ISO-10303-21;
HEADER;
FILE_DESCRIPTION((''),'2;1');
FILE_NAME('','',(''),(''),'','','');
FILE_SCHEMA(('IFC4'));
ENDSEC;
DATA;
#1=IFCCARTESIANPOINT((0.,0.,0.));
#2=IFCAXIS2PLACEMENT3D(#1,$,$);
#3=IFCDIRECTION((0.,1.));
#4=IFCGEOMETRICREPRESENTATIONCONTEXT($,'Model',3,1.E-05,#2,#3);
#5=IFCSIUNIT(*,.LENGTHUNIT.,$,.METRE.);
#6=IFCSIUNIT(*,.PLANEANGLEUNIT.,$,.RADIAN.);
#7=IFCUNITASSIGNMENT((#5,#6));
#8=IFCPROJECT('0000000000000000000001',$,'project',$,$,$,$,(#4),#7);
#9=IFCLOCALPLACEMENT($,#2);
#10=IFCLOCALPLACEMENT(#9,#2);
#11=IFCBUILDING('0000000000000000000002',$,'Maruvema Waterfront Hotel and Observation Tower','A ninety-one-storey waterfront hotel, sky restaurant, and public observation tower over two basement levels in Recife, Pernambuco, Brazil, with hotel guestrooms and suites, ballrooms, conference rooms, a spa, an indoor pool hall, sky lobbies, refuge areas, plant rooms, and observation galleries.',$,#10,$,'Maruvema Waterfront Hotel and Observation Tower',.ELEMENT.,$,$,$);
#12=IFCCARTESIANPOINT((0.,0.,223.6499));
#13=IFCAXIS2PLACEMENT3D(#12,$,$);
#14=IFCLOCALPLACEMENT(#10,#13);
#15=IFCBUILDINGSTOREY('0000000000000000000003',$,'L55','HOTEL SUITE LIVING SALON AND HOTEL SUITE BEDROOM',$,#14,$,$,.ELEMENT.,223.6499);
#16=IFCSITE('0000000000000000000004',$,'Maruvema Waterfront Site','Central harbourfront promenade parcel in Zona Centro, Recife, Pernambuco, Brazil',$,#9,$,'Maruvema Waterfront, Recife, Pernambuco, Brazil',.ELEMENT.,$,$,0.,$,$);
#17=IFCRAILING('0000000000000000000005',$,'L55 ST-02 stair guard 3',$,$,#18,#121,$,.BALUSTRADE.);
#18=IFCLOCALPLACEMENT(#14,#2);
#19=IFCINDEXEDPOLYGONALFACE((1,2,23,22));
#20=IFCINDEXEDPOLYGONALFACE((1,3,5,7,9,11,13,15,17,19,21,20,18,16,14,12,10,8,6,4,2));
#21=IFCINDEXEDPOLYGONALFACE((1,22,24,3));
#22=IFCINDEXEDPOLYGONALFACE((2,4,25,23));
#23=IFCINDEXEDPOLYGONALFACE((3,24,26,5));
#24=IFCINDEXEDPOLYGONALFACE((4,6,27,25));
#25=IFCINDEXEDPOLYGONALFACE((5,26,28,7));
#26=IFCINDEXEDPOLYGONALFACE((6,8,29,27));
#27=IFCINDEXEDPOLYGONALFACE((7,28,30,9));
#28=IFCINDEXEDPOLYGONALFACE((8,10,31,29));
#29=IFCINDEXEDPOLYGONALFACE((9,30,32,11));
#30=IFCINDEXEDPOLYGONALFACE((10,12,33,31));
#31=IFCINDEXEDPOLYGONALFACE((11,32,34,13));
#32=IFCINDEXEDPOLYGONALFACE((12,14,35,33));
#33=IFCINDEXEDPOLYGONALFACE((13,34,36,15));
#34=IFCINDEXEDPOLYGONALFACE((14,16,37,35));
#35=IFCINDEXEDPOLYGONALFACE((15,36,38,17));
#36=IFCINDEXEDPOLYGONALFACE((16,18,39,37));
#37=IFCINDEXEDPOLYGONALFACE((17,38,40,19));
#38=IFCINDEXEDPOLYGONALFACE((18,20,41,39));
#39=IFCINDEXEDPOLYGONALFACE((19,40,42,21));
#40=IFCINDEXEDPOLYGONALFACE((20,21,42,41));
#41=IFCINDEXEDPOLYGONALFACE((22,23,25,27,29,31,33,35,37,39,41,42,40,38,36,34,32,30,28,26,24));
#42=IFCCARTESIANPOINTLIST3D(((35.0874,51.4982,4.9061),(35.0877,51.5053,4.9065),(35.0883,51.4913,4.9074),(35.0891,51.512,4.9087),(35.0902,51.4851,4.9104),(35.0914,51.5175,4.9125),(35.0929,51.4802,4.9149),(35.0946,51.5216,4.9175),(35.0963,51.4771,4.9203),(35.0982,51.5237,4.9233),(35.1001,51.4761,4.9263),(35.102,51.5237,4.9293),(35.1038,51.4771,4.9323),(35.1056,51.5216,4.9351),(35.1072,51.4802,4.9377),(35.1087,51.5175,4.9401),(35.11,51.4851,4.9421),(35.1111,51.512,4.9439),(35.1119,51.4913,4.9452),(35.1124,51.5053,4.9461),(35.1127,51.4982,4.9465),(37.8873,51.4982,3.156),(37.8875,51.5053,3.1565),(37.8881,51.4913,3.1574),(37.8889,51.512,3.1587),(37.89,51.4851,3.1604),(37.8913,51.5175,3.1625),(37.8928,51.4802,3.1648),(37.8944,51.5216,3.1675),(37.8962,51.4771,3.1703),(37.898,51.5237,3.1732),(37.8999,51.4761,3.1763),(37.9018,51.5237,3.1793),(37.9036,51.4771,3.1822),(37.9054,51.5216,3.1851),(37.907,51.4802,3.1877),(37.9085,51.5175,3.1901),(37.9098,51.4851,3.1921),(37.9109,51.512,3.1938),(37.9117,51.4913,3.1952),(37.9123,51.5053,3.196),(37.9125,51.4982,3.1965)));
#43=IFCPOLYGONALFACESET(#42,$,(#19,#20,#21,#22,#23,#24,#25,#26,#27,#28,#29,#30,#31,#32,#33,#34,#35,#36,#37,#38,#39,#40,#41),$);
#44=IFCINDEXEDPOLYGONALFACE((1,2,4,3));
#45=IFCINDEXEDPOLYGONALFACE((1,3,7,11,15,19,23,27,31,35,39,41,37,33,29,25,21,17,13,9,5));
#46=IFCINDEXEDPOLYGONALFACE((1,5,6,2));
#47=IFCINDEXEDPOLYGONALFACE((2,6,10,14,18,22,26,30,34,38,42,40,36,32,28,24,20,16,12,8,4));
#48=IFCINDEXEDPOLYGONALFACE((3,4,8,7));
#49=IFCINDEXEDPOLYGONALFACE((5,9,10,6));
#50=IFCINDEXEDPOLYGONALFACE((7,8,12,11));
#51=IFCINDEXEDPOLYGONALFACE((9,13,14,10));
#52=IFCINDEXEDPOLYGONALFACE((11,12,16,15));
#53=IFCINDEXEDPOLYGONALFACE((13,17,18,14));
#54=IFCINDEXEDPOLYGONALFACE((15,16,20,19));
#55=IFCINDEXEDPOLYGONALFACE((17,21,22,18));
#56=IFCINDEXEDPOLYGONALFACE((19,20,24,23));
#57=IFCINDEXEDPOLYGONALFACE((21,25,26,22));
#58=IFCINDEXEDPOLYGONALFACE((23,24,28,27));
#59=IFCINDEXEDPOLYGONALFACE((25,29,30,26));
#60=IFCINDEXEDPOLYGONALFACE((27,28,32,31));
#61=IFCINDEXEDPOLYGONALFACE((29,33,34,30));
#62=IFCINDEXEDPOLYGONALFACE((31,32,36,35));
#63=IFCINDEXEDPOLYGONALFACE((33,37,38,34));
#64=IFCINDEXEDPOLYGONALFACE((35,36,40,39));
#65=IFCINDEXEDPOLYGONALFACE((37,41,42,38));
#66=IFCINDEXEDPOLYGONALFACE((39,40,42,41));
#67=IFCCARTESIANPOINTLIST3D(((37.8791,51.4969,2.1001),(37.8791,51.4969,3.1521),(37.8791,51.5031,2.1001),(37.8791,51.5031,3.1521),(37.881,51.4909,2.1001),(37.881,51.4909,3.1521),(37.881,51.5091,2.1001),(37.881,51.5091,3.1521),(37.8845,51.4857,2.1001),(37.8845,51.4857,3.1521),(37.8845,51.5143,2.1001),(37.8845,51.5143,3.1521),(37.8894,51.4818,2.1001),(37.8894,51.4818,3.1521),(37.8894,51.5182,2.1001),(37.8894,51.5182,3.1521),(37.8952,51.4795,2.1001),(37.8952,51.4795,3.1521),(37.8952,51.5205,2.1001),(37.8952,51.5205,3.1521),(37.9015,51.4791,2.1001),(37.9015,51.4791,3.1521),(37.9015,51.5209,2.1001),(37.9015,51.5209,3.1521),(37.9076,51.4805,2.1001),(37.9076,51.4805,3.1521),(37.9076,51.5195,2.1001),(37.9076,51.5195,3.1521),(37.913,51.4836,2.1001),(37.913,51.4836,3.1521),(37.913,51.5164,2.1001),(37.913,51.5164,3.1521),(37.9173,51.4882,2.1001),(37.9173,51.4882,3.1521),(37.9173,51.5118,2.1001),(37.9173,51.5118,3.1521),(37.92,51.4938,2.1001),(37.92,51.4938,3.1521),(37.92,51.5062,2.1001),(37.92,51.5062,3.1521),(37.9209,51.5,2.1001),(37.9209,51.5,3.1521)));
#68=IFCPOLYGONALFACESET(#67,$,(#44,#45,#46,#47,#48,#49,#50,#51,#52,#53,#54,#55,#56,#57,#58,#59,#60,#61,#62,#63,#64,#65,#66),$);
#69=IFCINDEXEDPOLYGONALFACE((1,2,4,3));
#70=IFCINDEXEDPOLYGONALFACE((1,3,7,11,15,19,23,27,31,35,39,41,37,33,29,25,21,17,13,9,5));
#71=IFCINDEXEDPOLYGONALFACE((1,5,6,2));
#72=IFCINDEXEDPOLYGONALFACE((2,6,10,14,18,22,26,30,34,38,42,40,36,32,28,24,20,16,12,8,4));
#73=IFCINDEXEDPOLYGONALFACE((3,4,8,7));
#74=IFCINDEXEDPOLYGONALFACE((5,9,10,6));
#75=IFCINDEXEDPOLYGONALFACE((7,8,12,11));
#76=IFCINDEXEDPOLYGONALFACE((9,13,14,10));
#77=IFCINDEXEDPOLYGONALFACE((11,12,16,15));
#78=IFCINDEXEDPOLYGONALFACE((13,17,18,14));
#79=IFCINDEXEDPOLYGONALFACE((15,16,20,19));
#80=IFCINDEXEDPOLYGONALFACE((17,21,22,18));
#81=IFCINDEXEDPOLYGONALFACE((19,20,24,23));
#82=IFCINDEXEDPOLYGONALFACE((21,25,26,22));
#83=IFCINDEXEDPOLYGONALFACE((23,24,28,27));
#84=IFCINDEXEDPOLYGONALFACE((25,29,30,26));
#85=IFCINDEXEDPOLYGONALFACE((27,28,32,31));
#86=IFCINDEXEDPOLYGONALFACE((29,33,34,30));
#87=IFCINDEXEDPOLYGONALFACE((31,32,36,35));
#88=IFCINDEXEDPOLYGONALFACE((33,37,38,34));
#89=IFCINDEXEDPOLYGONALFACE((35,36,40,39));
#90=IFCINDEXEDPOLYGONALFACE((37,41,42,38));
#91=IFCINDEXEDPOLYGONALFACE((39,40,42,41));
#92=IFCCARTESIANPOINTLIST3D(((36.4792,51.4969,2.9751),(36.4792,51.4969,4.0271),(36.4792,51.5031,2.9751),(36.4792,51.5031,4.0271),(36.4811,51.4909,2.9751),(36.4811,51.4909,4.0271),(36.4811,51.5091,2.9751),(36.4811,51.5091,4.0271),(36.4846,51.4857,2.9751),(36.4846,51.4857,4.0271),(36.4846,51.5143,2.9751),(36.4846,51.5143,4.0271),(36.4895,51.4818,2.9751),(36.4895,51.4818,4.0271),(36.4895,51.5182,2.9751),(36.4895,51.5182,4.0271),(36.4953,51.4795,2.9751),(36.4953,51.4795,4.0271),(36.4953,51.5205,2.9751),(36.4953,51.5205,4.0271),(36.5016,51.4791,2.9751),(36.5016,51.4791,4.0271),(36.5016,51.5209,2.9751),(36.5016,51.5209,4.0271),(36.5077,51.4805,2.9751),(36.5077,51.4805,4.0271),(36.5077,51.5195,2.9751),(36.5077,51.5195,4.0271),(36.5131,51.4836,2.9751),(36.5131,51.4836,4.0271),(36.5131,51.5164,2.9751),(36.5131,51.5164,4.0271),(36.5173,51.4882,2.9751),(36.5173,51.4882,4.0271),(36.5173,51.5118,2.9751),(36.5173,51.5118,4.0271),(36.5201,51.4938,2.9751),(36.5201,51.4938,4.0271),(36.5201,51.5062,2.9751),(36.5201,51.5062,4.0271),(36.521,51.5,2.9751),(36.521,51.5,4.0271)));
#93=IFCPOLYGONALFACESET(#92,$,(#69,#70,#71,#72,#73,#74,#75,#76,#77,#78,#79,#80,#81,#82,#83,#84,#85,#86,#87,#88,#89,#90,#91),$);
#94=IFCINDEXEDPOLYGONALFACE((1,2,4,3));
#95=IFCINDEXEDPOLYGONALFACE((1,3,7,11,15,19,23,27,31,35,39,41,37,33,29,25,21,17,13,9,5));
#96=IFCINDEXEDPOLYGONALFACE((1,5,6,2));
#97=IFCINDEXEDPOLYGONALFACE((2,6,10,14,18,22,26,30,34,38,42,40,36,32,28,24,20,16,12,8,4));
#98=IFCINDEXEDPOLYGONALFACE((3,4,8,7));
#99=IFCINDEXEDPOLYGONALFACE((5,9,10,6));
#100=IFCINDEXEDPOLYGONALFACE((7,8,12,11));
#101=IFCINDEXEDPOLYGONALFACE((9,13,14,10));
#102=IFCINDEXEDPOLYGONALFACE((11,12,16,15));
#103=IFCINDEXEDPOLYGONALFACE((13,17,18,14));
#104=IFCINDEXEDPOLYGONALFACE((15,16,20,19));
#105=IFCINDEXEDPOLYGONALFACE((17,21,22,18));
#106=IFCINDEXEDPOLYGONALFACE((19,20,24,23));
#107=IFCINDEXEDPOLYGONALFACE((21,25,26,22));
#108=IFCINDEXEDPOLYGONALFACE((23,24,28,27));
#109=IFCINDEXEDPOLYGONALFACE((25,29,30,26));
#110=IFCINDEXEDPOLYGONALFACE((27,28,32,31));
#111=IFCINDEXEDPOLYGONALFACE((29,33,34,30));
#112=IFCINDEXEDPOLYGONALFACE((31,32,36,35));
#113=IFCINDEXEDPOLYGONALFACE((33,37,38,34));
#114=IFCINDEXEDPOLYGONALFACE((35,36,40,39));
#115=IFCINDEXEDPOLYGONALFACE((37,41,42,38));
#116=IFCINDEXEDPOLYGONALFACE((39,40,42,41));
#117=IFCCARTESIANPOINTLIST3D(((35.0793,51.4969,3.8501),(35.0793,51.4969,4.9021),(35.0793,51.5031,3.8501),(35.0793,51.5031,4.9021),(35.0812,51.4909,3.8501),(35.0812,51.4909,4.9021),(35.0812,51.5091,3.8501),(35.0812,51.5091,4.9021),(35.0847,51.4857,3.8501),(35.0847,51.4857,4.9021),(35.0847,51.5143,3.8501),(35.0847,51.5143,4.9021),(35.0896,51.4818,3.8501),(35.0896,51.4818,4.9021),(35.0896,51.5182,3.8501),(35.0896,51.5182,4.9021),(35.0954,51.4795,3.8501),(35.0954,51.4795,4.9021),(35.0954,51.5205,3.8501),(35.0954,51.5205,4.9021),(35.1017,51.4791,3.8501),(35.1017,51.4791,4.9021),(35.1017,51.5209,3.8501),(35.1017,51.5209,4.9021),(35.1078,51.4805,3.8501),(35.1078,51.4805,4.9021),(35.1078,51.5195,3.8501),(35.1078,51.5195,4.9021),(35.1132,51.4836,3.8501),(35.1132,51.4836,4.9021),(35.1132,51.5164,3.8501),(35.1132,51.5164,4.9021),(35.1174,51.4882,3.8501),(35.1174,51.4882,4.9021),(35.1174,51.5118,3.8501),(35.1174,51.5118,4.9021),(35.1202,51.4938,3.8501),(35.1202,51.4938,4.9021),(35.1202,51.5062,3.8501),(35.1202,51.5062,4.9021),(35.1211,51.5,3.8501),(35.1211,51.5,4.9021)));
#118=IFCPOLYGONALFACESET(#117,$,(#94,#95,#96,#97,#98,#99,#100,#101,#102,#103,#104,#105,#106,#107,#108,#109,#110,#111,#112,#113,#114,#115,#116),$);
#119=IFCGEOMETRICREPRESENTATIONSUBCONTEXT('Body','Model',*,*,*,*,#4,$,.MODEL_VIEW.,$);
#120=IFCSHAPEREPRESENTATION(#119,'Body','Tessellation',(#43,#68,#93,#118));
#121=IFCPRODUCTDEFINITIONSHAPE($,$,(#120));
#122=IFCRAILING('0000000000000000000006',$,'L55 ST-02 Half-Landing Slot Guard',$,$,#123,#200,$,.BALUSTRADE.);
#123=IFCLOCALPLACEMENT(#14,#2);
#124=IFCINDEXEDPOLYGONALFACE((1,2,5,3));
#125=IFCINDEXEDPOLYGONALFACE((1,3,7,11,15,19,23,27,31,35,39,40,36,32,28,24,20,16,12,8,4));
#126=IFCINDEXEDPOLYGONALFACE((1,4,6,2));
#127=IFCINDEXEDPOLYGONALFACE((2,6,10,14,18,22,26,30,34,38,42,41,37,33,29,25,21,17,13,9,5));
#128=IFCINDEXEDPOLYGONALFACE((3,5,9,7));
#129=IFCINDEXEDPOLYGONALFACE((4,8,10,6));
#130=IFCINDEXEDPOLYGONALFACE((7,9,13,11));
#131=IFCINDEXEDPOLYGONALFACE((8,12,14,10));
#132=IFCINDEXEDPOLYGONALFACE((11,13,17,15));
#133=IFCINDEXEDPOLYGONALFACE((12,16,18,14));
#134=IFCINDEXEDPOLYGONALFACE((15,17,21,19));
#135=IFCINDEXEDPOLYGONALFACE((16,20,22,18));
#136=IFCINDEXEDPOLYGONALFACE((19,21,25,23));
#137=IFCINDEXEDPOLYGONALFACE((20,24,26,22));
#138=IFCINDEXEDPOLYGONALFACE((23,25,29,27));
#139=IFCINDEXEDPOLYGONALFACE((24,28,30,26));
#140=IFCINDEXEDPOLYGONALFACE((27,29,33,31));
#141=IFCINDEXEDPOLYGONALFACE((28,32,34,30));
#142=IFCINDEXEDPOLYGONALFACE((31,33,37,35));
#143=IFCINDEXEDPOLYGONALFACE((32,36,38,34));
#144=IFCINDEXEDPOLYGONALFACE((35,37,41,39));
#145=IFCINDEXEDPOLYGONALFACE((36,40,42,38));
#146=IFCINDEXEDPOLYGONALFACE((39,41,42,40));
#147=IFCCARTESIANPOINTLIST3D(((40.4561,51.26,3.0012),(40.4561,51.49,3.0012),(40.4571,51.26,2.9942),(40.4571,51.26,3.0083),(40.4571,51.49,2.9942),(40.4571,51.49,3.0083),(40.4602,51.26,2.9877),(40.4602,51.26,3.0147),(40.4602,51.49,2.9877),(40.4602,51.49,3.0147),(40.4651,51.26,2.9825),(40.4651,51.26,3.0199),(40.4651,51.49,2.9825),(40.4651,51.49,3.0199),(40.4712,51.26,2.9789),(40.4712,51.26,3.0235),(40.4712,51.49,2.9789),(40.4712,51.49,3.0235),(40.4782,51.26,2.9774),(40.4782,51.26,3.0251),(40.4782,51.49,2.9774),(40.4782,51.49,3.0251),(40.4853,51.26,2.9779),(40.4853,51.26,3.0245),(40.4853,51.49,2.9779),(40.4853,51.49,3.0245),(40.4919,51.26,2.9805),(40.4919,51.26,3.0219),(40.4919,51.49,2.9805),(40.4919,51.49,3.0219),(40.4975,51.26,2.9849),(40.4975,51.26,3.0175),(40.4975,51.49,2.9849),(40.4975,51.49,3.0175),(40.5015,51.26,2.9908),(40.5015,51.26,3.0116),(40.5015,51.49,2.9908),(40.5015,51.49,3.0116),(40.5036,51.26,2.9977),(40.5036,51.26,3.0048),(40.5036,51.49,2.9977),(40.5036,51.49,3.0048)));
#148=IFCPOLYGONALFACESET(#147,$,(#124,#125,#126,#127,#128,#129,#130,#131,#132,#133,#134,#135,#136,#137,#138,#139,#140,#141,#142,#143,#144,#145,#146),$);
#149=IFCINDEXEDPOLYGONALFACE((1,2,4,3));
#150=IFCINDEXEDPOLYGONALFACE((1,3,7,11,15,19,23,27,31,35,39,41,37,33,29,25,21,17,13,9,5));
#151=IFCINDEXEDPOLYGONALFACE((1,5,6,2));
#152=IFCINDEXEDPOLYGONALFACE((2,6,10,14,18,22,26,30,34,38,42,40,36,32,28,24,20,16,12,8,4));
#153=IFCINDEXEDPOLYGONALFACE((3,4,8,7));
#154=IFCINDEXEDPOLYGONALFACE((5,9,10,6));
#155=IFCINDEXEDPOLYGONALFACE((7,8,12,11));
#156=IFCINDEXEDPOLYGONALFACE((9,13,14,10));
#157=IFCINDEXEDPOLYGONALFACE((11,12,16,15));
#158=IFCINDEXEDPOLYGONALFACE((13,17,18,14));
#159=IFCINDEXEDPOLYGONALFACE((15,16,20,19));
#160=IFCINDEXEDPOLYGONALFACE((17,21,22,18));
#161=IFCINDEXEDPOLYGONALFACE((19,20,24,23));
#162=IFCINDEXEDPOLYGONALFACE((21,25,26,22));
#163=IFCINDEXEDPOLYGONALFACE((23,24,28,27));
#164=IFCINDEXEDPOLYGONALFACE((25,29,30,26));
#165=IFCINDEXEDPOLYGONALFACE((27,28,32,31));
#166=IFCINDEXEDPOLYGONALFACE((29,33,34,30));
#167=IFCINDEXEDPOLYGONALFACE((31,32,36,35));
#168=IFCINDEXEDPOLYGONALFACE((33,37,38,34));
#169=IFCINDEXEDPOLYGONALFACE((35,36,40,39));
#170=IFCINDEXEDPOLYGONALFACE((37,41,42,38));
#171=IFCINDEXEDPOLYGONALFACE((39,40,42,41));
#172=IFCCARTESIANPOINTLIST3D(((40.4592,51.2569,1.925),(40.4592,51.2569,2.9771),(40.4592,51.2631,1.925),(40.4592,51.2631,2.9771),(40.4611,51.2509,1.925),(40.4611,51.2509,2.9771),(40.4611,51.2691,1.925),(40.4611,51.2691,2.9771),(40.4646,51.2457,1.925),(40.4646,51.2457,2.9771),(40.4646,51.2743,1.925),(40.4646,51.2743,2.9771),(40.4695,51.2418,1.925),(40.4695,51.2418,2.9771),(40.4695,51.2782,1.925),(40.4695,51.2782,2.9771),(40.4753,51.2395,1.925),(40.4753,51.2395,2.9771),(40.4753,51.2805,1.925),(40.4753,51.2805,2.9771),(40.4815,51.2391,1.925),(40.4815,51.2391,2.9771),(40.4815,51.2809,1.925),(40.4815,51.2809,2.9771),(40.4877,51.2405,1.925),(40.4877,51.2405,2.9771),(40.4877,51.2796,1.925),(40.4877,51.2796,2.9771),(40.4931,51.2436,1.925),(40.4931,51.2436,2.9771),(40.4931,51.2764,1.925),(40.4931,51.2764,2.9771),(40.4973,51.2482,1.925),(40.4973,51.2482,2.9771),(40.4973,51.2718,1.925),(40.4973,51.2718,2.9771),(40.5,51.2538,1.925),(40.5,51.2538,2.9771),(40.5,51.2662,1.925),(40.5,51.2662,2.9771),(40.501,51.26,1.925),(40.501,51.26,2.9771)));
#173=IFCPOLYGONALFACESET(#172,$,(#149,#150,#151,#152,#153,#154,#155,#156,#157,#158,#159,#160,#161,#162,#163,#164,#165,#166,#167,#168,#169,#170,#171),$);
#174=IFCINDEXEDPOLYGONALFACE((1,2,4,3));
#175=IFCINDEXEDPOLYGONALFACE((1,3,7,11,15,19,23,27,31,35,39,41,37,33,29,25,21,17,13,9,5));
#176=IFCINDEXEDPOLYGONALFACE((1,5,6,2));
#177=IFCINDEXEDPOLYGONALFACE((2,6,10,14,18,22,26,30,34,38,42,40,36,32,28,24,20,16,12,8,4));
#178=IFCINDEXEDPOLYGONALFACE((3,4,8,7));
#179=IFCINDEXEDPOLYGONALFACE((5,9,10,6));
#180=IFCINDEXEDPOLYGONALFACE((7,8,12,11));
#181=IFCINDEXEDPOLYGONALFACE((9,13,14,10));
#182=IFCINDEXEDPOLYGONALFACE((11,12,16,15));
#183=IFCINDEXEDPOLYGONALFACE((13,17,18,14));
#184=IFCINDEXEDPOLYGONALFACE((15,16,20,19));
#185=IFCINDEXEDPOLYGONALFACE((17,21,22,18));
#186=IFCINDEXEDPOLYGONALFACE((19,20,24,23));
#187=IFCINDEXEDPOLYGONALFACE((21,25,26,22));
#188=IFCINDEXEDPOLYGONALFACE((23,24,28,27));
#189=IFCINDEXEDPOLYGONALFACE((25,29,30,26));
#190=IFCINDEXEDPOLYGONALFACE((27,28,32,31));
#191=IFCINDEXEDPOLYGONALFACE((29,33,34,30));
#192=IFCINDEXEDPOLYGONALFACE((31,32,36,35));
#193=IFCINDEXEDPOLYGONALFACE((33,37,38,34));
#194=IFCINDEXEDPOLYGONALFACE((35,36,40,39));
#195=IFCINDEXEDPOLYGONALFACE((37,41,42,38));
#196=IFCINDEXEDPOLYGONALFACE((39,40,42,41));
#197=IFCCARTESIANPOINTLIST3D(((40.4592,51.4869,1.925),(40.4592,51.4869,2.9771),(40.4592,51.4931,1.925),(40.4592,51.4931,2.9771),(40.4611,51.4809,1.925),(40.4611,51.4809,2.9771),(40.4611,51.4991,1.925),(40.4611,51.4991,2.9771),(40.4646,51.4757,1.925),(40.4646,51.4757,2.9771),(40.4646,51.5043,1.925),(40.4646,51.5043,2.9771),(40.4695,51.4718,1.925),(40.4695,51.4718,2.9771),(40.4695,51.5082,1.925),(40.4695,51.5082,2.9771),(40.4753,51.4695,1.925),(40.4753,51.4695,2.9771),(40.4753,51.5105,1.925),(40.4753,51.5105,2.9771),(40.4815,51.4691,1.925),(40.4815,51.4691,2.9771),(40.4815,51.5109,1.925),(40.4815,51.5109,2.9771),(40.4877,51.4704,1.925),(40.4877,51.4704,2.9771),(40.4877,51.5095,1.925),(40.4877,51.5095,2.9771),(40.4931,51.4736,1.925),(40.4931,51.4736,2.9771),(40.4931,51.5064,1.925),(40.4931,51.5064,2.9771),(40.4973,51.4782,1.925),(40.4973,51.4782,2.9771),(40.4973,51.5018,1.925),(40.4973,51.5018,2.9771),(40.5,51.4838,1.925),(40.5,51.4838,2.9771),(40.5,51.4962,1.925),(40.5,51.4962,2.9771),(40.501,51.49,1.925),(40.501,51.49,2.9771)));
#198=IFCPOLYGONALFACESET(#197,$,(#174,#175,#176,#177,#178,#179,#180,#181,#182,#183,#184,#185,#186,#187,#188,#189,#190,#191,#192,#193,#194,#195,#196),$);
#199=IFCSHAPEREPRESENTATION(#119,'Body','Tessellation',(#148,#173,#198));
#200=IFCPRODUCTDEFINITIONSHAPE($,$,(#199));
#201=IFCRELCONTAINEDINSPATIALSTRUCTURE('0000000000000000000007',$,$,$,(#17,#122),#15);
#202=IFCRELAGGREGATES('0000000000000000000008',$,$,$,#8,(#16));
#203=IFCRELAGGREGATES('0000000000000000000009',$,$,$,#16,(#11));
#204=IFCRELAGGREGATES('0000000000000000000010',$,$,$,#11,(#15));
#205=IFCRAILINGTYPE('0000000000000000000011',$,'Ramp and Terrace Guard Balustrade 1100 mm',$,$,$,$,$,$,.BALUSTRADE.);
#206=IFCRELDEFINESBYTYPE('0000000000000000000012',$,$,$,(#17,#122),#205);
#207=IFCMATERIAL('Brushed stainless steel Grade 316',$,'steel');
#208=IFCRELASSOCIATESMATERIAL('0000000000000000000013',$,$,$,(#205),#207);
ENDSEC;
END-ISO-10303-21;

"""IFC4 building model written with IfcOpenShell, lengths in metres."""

from ifc_helpers import new_model, si_unit, direction, frame, origin, origin_2d, place, context, subcontext, project, spatial, circle, extrude, material, type_object, element, save


model = new_model("IFC4")

# Units and contexts
model_context = context("Model", 3, precision=1e-05, world=origin(), true_north=direction((0.0, 1.0)))
body_context = subcontext(model_context, "Body", "Model", "MODEL_VIEW")
ifc_project = project(units=[si_unit("LENGTHUNIT", "METRE"), si_unit("PLANEANGLEUNIT", "RADIAN")], contexts=[model_context])

# Site, building, storey
site_placement = place(None, origin())
site = spatial("IfcSite", under=ifc_project, at=site_placement, Name="Maruvema Waterfront Site", Description="Central harbourfront promenade parcel in Zona Centro, Recife, Pernambuco, Brazil", LongName="Maruvema Waterfront, Recife, Pernambuco, Brazil", CompositionType="ELEMENT", RefElevation=0.0)
building_placement = place(site_placement, origin())
building = spatial("IfcBuilding", under=site, at=building_placement, Name="Maruvema Waterfront Hotel and Observation Tower", Description="A ninety-one-storey waterfront hotel, sky restaurant, and public observation tower over two basement levels in Recife, Pernambuco, Brazil, with hotel guestrooms and suites, ballrooms, conference rooms, a spa, an indoor pool hall, sky lobbies, refuge areas, plant rooms, and observation galleries.", LongName="Maruvema Waterfront Hotel and Observation Tower", CompositionType="ELEMENT")
storey_placement = place(building_placement, frame((0.0, 0.0, 223.6499)))
storey = spatial("IfcBuildingStorey", under=building, at=storey_placement, Name="L55", Description="HOTEL SUITE LIVING SALON AND HOTEL SUITE BEDROOM", CompositionType="ELEMENT", Elevation=223.6499)

# Railings
ifc_material_1 = material(Name="Brushed stainless steel Grade 316", Category="steel")
railing_type_1 = type_object("IfcRailingType", Name="Ramp and Terrace Guard Balustrade 1100 mm", PredefinedType="BALUSTRADE", material=ifc_material_1)
railing_1_placement = place(storey_placement, frame((37.8999, 51.5, 2.1001)))
element("IfcRailing", 1, at=railing_1_placement, inside=storey, type_object=railing_type_1, Name="L55 ST-02 stair guard 3", PredefinedType="BALUSTRADE", context=body_context, shape_type="SweptSolid", body=[
    extrude(circle(Radius=0.0239, at=origin_2d()), frame((0.0, 0.0, 1.0762), z_axis=(-0.847982, 0.0, 0.530026), x_axis=(0.0, -1.0, 0.0)), (0.0, 0.0, 1.0), 3.3018),
    extrude(circle(Radius=0.021, at=origin_2d()), origin(), (0.0, 0.0, 1.0), 1.052),
    extrude(circle(Radius=0.021, at=origin_2d()), frame((-1.3999, 0.0, 0.875)), (0.0, 0.0, 1.0), 1.052),
    extrude(circle(Radius=0.021, at=origin_2d()), frame((-2.7998, 0.0, 1.75)), (0.0, 0.0, 1.0), 1.052),
])
railing_2_placement = place(storey_placement, frame((40.48, 51.26, 1.925)))
element("IfcRailing", 2, at=railing_2_placement, inside=storey, type_object=railing_type_1, Name="L55 ST-02 Half-Landing Slot Guard", PredefinedType="BALUSTRADE", context=body_context, shape_type="SweptSolid", body=[
    extrude(circle(Radius=0.0239, at=origin_2d()), frame((0.0, 0.0, 1.0762), z_axis=(0.0, 1.0, 0.0), x_axis=(-1.0, 0.0, 0.0)), (0.0, 0.0, 1.0), 0.23),
    extrude(circle(Radius=0.021, at=origin_2d()), origin(), (0.0, 0.0, 1.0), 1.052),
    extrude(circle(Radius=0.021, at=origin_2d()), frame((0.0, 0.23, 0.0)), (0.0, 0.0, 1.0), 1.052),
])

save(model, "model.ifc")
